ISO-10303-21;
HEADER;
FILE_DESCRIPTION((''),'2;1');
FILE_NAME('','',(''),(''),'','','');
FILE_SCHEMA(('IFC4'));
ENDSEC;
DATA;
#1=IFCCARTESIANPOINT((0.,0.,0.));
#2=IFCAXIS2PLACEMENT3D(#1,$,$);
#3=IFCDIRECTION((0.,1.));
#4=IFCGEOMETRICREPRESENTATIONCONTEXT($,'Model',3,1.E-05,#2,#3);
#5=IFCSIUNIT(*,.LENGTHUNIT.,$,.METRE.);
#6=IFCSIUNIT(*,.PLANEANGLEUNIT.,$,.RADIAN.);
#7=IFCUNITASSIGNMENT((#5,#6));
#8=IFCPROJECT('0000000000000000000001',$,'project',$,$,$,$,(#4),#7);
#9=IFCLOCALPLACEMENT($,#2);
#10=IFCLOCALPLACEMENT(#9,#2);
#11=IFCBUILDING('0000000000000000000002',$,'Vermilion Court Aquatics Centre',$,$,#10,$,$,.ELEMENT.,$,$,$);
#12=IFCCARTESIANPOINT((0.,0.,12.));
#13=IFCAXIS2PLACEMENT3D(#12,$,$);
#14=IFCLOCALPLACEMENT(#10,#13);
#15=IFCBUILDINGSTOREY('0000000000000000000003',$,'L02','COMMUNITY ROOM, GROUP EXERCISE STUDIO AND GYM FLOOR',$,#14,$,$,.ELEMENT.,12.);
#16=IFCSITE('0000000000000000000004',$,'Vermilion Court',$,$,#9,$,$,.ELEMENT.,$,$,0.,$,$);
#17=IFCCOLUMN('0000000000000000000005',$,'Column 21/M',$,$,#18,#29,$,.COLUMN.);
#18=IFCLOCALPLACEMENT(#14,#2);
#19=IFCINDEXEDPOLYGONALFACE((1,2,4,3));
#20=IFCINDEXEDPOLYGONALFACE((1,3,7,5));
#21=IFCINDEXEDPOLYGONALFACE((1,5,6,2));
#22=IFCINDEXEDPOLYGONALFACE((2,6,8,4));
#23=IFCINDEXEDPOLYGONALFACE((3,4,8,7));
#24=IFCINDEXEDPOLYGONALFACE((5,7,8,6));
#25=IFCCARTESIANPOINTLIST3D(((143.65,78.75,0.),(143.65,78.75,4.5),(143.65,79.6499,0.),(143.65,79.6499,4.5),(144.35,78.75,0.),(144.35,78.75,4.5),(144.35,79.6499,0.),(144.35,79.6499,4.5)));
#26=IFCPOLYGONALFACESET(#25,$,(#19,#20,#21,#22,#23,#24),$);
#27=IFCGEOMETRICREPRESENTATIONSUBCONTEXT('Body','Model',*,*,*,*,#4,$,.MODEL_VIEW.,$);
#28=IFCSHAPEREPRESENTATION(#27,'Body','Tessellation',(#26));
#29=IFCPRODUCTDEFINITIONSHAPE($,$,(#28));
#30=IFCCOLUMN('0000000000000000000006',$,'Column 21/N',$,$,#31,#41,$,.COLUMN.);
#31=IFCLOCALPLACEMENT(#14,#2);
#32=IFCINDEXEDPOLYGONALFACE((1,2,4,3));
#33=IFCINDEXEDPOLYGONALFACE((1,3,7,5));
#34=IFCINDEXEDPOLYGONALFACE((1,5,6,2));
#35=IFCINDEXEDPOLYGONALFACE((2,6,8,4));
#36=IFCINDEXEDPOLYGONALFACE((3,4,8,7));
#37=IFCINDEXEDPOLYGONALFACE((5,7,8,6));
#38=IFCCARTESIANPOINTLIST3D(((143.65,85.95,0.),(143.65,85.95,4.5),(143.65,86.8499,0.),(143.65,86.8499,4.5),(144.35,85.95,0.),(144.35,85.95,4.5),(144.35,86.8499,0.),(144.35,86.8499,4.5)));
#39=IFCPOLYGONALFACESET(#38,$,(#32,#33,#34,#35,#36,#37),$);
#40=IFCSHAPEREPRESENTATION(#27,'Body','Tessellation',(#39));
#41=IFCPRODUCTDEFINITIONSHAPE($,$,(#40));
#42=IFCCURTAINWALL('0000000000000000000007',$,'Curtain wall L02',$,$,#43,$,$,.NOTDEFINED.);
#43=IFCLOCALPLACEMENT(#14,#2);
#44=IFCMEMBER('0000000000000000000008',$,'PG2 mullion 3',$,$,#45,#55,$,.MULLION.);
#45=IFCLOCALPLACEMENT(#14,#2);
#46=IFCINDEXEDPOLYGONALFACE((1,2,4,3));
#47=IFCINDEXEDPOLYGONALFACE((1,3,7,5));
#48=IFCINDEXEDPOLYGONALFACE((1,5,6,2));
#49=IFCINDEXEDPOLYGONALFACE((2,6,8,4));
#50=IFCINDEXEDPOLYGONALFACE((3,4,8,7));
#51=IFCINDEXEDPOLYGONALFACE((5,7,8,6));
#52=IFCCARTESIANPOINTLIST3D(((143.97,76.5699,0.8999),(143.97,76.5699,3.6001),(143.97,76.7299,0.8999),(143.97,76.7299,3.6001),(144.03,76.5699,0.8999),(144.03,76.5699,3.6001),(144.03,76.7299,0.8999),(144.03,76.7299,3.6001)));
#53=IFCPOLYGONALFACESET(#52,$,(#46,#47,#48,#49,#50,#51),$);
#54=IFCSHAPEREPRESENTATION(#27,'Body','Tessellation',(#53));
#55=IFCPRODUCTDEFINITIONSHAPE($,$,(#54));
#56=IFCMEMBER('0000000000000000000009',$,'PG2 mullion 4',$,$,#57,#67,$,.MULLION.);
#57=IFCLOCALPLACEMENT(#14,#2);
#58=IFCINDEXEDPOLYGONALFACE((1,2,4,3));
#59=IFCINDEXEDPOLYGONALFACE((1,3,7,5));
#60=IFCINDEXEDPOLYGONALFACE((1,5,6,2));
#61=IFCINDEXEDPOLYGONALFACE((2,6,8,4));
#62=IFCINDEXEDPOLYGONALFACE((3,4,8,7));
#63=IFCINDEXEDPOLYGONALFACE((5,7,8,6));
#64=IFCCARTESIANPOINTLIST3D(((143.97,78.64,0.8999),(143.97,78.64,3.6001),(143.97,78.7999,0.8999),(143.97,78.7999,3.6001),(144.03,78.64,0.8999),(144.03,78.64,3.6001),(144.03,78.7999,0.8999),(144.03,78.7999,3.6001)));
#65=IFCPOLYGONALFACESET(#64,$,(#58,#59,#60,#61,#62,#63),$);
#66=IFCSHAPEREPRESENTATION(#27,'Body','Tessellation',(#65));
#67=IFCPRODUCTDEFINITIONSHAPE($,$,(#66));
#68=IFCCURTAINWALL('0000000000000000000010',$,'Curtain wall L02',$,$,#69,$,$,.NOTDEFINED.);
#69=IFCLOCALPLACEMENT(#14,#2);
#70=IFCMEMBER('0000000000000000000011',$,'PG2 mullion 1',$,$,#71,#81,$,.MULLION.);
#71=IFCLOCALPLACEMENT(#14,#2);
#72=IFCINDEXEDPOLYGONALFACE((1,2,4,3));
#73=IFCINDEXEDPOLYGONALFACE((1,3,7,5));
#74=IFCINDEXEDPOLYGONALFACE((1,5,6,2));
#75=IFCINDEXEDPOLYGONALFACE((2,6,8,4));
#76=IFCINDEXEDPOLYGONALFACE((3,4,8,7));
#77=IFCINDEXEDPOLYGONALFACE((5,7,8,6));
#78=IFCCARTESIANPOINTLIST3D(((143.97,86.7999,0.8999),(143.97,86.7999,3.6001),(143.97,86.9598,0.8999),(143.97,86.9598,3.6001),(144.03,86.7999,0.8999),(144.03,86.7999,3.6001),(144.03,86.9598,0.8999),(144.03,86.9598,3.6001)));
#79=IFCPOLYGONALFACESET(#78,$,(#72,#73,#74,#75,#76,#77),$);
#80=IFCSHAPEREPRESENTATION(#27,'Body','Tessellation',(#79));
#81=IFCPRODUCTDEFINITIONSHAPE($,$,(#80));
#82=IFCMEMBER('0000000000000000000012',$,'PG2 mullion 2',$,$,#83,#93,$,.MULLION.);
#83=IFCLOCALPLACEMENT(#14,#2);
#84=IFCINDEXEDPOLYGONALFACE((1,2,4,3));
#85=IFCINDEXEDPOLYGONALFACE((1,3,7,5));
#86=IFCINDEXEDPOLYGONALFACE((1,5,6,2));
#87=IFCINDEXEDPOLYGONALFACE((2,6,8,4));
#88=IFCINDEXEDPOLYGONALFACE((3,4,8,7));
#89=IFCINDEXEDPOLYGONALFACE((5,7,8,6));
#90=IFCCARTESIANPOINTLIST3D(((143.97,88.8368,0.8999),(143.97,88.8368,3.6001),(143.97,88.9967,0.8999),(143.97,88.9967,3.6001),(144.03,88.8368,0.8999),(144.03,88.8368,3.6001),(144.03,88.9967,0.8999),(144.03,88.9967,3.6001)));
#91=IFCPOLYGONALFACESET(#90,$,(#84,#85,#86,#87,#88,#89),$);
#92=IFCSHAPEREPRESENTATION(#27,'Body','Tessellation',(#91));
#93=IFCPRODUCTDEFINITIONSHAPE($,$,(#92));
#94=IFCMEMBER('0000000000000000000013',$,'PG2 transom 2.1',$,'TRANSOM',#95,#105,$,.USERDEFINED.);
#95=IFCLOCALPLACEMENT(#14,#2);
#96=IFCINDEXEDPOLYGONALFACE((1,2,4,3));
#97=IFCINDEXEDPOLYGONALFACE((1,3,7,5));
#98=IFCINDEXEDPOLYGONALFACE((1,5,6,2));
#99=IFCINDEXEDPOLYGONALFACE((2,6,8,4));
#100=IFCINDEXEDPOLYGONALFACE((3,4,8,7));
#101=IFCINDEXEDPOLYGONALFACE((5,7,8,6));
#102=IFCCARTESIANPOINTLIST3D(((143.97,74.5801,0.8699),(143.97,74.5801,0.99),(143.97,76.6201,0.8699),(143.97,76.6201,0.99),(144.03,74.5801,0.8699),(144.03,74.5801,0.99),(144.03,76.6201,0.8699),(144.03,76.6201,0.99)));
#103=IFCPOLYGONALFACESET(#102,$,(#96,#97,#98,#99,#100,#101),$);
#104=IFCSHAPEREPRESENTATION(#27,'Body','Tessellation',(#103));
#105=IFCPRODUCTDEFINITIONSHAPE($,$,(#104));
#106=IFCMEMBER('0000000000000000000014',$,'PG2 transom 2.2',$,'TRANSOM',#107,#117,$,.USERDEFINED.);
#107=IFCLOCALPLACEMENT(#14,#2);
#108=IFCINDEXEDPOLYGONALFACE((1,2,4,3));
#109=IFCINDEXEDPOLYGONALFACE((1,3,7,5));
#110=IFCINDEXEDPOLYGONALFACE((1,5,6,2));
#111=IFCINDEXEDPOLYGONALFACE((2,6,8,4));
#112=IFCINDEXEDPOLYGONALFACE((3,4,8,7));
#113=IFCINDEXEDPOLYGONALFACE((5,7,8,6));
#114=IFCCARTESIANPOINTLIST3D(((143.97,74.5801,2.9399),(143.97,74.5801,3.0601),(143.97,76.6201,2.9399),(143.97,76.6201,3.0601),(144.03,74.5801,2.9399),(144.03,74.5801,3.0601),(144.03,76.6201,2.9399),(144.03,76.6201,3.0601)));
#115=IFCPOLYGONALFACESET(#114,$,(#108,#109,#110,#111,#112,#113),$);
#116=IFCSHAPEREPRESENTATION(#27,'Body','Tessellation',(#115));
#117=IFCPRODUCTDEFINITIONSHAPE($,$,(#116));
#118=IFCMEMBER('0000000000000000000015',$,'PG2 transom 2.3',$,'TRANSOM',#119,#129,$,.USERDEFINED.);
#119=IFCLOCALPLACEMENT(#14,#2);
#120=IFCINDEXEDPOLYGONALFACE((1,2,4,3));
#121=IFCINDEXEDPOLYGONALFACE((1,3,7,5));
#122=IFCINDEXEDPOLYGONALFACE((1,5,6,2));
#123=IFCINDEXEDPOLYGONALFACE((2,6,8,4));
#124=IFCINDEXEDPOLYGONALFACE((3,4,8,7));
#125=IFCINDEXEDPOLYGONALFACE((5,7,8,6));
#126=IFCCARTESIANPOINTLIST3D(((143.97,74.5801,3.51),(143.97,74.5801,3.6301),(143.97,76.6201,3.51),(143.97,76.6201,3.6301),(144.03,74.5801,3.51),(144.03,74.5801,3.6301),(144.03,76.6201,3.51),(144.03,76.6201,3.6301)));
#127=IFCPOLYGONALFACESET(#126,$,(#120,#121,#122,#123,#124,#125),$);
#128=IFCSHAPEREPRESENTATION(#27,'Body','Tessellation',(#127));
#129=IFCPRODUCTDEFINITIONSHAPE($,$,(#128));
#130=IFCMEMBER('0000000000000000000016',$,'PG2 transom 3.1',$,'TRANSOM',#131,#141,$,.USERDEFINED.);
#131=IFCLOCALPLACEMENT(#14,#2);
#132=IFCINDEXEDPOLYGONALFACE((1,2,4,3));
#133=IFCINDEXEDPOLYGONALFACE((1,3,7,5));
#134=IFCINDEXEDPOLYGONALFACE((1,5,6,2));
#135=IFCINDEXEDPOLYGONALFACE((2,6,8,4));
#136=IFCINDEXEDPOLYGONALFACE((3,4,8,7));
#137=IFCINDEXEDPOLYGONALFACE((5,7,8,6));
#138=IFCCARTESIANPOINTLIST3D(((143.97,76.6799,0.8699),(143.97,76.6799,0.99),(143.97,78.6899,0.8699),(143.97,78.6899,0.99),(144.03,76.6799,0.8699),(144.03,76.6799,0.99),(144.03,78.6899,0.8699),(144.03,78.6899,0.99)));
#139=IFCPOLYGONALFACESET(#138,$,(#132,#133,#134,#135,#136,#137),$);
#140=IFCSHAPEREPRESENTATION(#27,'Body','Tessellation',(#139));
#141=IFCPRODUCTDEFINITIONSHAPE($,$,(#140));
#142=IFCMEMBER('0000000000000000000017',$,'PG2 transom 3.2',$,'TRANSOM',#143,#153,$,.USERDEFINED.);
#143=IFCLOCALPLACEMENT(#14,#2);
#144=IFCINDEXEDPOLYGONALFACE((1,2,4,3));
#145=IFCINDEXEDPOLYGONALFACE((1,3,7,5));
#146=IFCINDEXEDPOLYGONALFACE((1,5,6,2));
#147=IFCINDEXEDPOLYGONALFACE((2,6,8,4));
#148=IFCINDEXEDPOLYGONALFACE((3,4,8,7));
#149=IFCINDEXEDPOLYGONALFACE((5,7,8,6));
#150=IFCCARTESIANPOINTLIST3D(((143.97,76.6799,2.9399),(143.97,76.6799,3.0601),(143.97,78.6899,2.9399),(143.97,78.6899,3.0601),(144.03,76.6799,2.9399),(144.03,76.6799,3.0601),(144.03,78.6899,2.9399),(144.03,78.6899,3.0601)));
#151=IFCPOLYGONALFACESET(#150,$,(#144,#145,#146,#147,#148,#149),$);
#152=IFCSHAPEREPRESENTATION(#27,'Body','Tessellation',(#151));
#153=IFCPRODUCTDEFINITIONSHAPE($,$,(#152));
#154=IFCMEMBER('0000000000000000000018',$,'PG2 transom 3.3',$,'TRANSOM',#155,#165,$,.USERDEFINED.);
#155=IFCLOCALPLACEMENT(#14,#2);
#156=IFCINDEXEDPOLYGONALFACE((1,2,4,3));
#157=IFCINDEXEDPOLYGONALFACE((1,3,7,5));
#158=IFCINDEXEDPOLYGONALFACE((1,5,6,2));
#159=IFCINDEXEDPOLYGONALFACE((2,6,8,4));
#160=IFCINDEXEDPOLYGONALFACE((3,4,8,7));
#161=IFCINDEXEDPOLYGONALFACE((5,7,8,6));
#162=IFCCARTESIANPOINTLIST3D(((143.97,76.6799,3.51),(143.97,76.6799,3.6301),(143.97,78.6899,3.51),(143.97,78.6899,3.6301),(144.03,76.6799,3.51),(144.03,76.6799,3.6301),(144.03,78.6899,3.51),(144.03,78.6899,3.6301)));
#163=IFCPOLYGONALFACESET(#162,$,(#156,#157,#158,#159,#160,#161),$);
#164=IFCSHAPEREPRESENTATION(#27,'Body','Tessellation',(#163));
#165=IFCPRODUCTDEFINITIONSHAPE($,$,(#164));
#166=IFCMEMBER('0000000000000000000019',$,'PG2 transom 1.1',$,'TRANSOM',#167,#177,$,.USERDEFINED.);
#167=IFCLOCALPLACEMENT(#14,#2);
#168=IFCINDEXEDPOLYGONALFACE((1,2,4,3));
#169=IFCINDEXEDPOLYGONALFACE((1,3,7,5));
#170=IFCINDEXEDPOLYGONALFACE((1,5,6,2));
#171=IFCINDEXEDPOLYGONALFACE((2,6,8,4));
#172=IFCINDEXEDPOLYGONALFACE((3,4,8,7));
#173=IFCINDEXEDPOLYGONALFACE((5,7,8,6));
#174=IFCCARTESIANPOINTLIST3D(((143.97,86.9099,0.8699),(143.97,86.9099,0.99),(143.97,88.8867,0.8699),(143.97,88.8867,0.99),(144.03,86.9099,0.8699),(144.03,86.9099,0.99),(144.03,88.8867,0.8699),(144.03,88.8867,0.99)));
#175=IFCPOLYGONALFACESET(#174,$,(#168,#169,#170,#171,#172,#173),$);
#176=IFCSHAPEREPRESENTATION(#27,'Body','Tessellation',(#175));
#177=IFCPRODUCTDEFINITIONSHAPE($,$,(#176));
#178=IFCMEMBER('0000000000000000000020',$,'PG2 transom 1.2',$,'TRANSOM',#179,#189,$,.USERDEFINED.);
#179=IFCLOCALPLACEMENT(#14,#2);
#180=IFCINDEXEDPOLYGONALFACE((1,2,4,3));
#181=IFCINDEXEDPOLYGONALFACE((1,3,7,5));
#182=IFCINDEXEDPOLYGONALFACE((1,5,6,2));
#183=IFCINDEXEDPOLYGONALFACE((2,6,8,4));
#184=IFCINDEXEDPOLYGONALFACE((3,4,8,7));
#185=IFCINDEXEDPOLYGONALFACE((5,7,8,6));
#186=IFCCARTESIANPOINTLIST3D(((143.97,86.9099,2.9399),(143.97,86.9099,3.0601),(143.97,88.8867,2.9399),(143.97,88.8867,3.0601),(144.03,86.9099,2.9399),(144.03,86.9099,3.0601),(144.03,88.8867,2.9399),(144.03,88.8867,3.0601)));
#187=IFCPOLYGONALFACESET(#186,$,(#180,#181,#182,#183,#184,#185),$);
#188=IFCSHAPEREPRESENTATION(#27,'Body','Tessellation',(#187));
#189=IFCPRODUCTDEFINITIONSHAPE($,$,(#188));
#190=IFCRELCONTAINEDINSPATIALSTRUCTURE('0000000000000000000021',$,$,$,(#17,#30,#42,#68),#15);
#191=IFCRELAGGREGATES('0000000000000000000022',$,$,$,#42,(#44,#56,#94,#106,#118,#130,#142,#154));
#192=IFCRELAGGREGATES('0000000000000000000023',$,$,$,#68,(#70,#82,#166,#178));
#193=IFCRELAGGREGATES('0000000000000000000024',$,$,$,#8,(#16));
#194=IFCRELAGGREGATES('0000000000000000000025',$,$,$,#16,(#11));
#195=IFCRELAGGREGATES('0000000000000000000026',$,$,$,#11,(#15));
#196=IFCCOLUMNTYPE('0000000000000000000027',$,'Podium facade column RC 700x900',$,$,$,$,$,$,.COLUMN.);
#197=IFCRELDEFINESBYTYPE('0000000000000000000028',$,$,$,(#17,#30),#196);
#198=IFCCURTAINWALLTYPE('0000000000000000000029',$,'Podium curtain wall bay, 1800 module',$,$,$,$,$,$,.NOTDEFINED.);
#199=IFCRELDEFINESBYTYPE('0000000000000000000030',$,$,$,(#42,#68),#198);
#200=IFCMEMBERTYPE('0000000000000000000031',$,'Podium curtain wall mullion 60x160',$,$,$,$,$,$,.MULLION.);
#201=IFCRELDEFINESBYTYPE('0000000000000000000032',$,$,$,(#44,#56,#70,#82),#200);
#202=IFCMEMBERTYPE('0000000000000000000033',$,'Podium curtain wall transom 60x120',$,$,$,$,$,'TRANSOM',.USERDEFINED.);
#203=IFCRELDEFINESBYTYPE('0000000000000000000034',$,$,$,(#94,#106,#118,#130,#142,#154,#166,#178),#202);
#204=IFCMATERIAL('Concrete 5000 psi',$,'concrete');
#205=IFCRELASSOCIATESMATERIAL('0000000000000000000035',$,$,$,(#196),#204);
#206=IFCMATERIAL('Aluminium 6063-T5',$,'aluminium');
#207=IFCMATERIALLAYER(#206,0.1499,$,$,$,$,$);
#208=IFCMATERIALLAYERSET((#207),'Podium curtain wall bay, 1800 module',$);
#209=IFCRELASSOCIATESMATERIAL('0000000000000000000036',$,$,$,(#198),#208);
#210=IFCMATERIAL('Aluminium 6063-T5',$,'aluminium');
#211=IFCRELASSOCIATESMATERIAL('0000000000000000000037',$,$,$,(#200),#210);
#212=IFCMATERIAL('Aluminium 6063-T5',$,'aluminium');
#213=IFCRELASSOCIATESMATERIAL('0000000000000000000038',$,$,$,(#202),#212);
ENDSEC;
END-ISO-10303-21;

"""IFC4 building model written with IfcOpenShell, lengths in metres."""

from ifc_helpers import new_model, si_unit, direction, frame, origin, origin_2d, place, context, subcontext, project, spatial, rectangle, extrude, material, layer, layer_set, material_profile, profile_set, type_object, element, aggregate, save


model = new_model("IFC4")

# Units and contexts
model_context = context("Model", 3, precision=1e-05, world=origin(), true_north=direction((0.0, 1.0)))
body_context = subcontext(model_context, "Body", "Model", "MODEL_VIEW")
ifc_project = project(units=[si_unit("LENGTHUNIT", "METRE"), si_unit("PLANEANGLEUNIT", "RADIAN")], contexts=[model_context])

# Site, building, storey
site_placement = place(None, origin())
site = spatial("IfcSite", under=ifc_project, at=site_placement, Name="Vermilion Court", CompositionType="ELEMENT", RefElevation=0.0)
building_placement = place(site_placement, origin())
building = spatial("IfcBuilding", under=site, at=building_placement, Name="Vermilion Court Aquatics Centre", CompositionType="ELEMENT")
storey_placement = place(building_placement, frame((0.0, 0.0, 12.0)))
storey = spatial("IfcBuildingStorey", under=building, at=storey_placement, Name="L02", Description="COMMUNITY ROOM, GROUP EXERCISE STUDIO AND GYM FLOOR", CompositionType="ELEMENT", Elevation=12.0)

# Columns
ifc_material_1 = material(Name="Concrete 5000 psi", Category="concrete")
ifc_material_profile_1 = material_profile(ifc_material_1, rectangle(XDim=0.7, YDim=0.8999, at=origin_2d()), Name="RC 700x900")
ifc_profile_set_1 = profile_set([ifc_material_profile_1], Name="Concrete 5000 psi")
column_type = type_object("IfcColumnType", Name="Podium facade column RC 700x900", PredefinedType="COLUMN", material=ifc_profile_set_1)
for number, where, z_axis, x_axis, name in (
    (1, (144.0, 79.2, 0.0), (0.0, 0.0, 1.0), (1.0, 0.0, 0.0), "Column 21/M"),
    (2, (144.0, 86.3999, 0.0), (0.0, 0.0, 1.0), (1.0, 0.0, 0.0), "Column 21/N"),
):
    element("IfcColumn", number, at=place(storey_placement, frame(where, z_axis=z_axis, x_axis=x_axis)), inside=storey, type_object=column_type, Name=name, PredefinedType="COLUMN", context=body_context, shape_type="SweptSolid", body=[
        extrude(rectangle(XDim=0.7, YDim=0.8999, at=origin_2d()), origin(), (0.0, 0.0, 1.0), 4.5),
    ])

# Curtain walls, members
ifc_material_2 = material(Name="Aluminium 6063-T5", Category="aluminium")
ifc_layer_1 = layer(ifc_material_2, 0.1499)
ifc_layer_set_1 = layer_set([ifc_layer_1], Name="Podium curtain wall bay, 1800 module")
curtain_wall_type = type_object("IfcCurtainWallType", Name="Podium curtain wall bay, 1800 module", PredefinedType="NOTDEFINED", material=ifc_layer_set_1)
curtain_wall_1_placement = place(storey_placement, origin())
curtain_wall_1 = element("IfcCurtainWall", 3, at=curtain_wall_1_placement, inside=storey, type_object=curtain_wall_type, Name="Curtain wall L02", PredefinedType="NOTDEFINED")
ifc_material_3 = material(Name="Aluminium 6063-T5", Category="aluminium")
ifc_material_profile_2 = material_profile(ifc_material_3, rectangle(XDim=0.0601, YDim=0.1599, at=origin_2d()), Name="Mullion 60x160")
ifc_profile_set_2 = profile_set([ifc_material_profile_2], Name="Aluminium 6063-T5")
member_type_1 = type_object("IfcMemberType", Name="Podium curtain wall mullion 60x160", PredefinedType="MULLION", material=ifc_profile_set_2)
member_1_placement = place(storey_placement, frame((144.0, 76.6499, 0.8999), z_axis=(0.0, 0.0, 1.0), x_axis=(-1.0, 0.0, 0.0)))
member_1 = element("IfcMember", 4, at=member_1_placement, type_object=member_type_1, Name="PG2 mullion 3", PredefinedType="MULLION", context=body_context, shape_type="SweptSolid", body=[
    extrude(rectangle(XDim=0.0601, YDim=0.1599, at=origin_2d()), origin(), (0.0, 0.0, 1.0), 2.7002),
])
member_2_placement = place(storey_placement, frame((144.0, 78.72, 0.8999), z_axis=(0.0, 0.0, 1.0), x_axis=(-1.0, 0.0, 0.0)))
member_2 = element("IfcMember", 5, at=member_2_placement, type_object=member_type_1, Name="PG2 mullion 4", PredefinedType="MULLION", context=body_context, shape_type="SweptSolid", body=[
    extrude(rectangle(XDim=0.0601, YDim=0.1599, at=origin_2d()), origin(), (0.0, 0.0, 1.0), 2.7002),
])
curtain_wall_2_placement = place(storey_placement, origin())
curtain_wall_2 = element("IfcCurtainWall", 6, at=curtain_wall_2_placement, inside=storey, type_object=curtain_wall_type, Name="Curtain wall L02", PredefinedType="NOTDEFINED")
member_3_placement = place(storey_placement, frame((144.0, 86.8799, 0.8999), z_axis=(0.0, 0.0, 1.0), x_axis=(-1.0, 0.0, 0.0)))
member_3 = element("IfcMember", 7, at=member_3_placement, type_object=member_type_1, Name="PG2 mullion 1", PredefinedType="MULLION", context=body_context, shape_type="SweptSolid", body=[
    extrude(rectangle(XDim=0.0601, YDim=0.1599, at=origin_2d()), origin(), (0.0, 0.0, 1.0), 2.7002),
])
member_4_placement = place(storey_placement, frame((144.0, 88.9167, 0.8999), z_axis=(0.0, 0.0, 1.0), x_axis=(-1.0, 0.0, 0.0)))
member_4 = element("IfcMember", 8, at=member_4_placement, type_object=member_type_1, Name="PG2 mullion 2", PredefinedType="MULLION", context=body_context, shape_type="SweptSolid", body=[
    extrude(rectangle(XDim=0.0601, YDim=0.1599, at=origin_2d()), origin(), (0.0, 0.0, 1.0), 2.7002),
])

# Members
ifc_material_4 = material(Name="Aluminium 6063-T5", Category="aluminium")
ifc_material_profile_3 = material_profile(ifc_material_4, rectangle(XDim=0.0601, YDim=0.1201, at=origin_2d()), Name="Transom 60x120")
ifc_profile_set_3 = profile_set([ifc_material_profile_3], Name="Aluminium 6063-T5")
member_type_2 = type_object("IfcMemberType", Name="Podium curtain wall transom 60x120", ElementType="TRANSOM", PredefinedType="USERDEFINED", material=ifc_profile_set_3)
member_5_placement = place(storey_placement, frame((144.0, 74.5801, 0.9299), z_axis=(0.0, 1.0, 0.0), x_axis=(-1.0, 0.0, 0.0)))
member_5 = element("IfcMember", 9, at=member_5_placement, type_object=member_type_2, Name="PG2 transom 2.1", ObjectType="TRANSOM", PredefinedType="USERDEFINED", context=body_context, shape_type="SweptSolid", body=[
    extrude(rectangle(XDim=0.0601, YDim=0.1201, at=origin_2d()), origin(), (0.0, 0.0, 1.0), 2.04),
])
member_6_placement = place(storey_placement, frame((144.0, 74.5801, 3.0), z_axis=(0.0, 1.0, 0.0), x_axis=(-1.0, 0.0, 0.0)))
member_6 = element("IfcMember", 10, at=member_6_placement, type_object=member_type_2, Name="PG2 transom 2.2", ObjectType="TRANSOM", PredefinedType="USERDEFINED", context=body_context, shape_type="SweptSolid", body=[
    extrude(rectangle(XDim=0.0601, YDim=0.1201, at=origin_2d()), origin(), (0.0, 0.0, 1.0), 2.04),
])
member_7_placement = place(storey_placement, frame((144.0, 74.5801, 3.5701), z_axis=(0.0, 1.0, 0.0), x_axis=(-1.0, 0.0, 0.0)))
member_7 = element("IfcMember", 11, at=member_7_placement, type_object=member_type_2, Name="PG2 transom 2.3", ObjectType="TRANSOM", PredefinedType="USERDEFINED", context=body_context, shape_type="SweptSolid", body=[
    extrude(rectangle(XDim=0.0601, YDim=0.1201, at=origin_2d()), origin(), (0.0, 0.0, 1.0), 2.04),
])
member_8_placement = place(storey_placement, frame((144.0, 76.6799, 0.9299), z_axis=(0.0, 1.0, 0.0), x_axis=(-1.0, 0.0, 0.0)))
member_8 = element("IfcMember", 12, at=member_8_placement, type_object=member_type_2, Name="PG2 transom 3.1", ObjectType="TRANSOM", PredefinedType="USERDEFINED", context=body_context, shape_type="SweptSolid", body=[
    extrude(rectangle(XDim=0.0601, YDim=0.1201, at=origin_2d()), origin(), (0.0, 0.0, 1.0), 2.01),
])
member_9_placement = place(storey_placement, frame((144.0, 76.6799, 3.0), z_axis=(0.0, 1.0, 0.0), x_axis=(-1.0, 0.0, 0.0)))
member_9 = element("IfcMember", 13, at=member_9_placement, type_object=member_type_2, Name="PG2 transom 3.2", ObjectType="TRANSOM", PredefinedType="USERDEFINED", context=body_context, shape_type="SweptSolid", body=[
    extrude(rectangle(XDim=0.0601, YDim=0.1201, at=origin_2d()), origin(), (0.0, 0.0, 1.0), 2.01),
])
member_10_placement = place(storey_placement, frame((144.0, 76.6799, 3.5701), z_axis=(0.0, 1.0, 0.0), x_axis=(-1.0, 0.0, 0.0)))
member_10 = element("IfcMember", 14, at=member_10_placement, type_object=member_type_2, Name="PG2 transom 3.3", ObjectType="TRANSOM", PredefinedType="USERDEFINED", context=body_context, shape_type="SweptSolid", body=[
    extrude(rectangle(XDim=0.0601, YDim=0.1201, at=origin_2d()), origin(), (0.0, 0.0, 1.0), 2.01),
])
member_11_placement = place(storey_placement, frame((144.0, 86.9099, 0.9299), z_axis=(0.0, 1.0, 0.0), x_axis=(-1.0, 0.0, 0.0)))
member_11 = element("IfcMember", 15, at=member_11_placement, type_object=member_type_2, Name="PG2 transom 1.1", ObjectType="TRANSOM", PredefinedType="USERDEFINED", context=body_context, shape_type="SweptSolid", body=[
    extrude(rectangle(XDim=0.0601, YDim=0.1201, at=origin_2d()), origin(), (0.0, 0.0, 1.0), 1.9768),
])
member_12_placement = place(storey_placement, frame((144.0, 86.9099, 3.0), z_axis=(0.0, 1.0, 0.0), x_axis=(-1.0, 0.0, 0.0)))
member_12 = element("IfcMember", 16, at=member_12_placement, type_object=member_type_2, Name="PG2 transom 1.2", ObjectType="TRANSOM", PredefinedType="USERDEFINED", context=body_context, shape_type="SweptSolid", body=[
    extrude(rectangle(XDim=0.0601, YDim=0.1201, at=origin_2d()), origin(), (0.0, 0.0, 1.0), 1.9768),
])

aggregate(curtain_wall_1, [member_1, member_2, member_5, member_6, member_7, member_8, member_9, member_10])
aggregate(curtain_wall_2, [member_3, member_4, member_11, member_12])

save(model, "model.ifc")
